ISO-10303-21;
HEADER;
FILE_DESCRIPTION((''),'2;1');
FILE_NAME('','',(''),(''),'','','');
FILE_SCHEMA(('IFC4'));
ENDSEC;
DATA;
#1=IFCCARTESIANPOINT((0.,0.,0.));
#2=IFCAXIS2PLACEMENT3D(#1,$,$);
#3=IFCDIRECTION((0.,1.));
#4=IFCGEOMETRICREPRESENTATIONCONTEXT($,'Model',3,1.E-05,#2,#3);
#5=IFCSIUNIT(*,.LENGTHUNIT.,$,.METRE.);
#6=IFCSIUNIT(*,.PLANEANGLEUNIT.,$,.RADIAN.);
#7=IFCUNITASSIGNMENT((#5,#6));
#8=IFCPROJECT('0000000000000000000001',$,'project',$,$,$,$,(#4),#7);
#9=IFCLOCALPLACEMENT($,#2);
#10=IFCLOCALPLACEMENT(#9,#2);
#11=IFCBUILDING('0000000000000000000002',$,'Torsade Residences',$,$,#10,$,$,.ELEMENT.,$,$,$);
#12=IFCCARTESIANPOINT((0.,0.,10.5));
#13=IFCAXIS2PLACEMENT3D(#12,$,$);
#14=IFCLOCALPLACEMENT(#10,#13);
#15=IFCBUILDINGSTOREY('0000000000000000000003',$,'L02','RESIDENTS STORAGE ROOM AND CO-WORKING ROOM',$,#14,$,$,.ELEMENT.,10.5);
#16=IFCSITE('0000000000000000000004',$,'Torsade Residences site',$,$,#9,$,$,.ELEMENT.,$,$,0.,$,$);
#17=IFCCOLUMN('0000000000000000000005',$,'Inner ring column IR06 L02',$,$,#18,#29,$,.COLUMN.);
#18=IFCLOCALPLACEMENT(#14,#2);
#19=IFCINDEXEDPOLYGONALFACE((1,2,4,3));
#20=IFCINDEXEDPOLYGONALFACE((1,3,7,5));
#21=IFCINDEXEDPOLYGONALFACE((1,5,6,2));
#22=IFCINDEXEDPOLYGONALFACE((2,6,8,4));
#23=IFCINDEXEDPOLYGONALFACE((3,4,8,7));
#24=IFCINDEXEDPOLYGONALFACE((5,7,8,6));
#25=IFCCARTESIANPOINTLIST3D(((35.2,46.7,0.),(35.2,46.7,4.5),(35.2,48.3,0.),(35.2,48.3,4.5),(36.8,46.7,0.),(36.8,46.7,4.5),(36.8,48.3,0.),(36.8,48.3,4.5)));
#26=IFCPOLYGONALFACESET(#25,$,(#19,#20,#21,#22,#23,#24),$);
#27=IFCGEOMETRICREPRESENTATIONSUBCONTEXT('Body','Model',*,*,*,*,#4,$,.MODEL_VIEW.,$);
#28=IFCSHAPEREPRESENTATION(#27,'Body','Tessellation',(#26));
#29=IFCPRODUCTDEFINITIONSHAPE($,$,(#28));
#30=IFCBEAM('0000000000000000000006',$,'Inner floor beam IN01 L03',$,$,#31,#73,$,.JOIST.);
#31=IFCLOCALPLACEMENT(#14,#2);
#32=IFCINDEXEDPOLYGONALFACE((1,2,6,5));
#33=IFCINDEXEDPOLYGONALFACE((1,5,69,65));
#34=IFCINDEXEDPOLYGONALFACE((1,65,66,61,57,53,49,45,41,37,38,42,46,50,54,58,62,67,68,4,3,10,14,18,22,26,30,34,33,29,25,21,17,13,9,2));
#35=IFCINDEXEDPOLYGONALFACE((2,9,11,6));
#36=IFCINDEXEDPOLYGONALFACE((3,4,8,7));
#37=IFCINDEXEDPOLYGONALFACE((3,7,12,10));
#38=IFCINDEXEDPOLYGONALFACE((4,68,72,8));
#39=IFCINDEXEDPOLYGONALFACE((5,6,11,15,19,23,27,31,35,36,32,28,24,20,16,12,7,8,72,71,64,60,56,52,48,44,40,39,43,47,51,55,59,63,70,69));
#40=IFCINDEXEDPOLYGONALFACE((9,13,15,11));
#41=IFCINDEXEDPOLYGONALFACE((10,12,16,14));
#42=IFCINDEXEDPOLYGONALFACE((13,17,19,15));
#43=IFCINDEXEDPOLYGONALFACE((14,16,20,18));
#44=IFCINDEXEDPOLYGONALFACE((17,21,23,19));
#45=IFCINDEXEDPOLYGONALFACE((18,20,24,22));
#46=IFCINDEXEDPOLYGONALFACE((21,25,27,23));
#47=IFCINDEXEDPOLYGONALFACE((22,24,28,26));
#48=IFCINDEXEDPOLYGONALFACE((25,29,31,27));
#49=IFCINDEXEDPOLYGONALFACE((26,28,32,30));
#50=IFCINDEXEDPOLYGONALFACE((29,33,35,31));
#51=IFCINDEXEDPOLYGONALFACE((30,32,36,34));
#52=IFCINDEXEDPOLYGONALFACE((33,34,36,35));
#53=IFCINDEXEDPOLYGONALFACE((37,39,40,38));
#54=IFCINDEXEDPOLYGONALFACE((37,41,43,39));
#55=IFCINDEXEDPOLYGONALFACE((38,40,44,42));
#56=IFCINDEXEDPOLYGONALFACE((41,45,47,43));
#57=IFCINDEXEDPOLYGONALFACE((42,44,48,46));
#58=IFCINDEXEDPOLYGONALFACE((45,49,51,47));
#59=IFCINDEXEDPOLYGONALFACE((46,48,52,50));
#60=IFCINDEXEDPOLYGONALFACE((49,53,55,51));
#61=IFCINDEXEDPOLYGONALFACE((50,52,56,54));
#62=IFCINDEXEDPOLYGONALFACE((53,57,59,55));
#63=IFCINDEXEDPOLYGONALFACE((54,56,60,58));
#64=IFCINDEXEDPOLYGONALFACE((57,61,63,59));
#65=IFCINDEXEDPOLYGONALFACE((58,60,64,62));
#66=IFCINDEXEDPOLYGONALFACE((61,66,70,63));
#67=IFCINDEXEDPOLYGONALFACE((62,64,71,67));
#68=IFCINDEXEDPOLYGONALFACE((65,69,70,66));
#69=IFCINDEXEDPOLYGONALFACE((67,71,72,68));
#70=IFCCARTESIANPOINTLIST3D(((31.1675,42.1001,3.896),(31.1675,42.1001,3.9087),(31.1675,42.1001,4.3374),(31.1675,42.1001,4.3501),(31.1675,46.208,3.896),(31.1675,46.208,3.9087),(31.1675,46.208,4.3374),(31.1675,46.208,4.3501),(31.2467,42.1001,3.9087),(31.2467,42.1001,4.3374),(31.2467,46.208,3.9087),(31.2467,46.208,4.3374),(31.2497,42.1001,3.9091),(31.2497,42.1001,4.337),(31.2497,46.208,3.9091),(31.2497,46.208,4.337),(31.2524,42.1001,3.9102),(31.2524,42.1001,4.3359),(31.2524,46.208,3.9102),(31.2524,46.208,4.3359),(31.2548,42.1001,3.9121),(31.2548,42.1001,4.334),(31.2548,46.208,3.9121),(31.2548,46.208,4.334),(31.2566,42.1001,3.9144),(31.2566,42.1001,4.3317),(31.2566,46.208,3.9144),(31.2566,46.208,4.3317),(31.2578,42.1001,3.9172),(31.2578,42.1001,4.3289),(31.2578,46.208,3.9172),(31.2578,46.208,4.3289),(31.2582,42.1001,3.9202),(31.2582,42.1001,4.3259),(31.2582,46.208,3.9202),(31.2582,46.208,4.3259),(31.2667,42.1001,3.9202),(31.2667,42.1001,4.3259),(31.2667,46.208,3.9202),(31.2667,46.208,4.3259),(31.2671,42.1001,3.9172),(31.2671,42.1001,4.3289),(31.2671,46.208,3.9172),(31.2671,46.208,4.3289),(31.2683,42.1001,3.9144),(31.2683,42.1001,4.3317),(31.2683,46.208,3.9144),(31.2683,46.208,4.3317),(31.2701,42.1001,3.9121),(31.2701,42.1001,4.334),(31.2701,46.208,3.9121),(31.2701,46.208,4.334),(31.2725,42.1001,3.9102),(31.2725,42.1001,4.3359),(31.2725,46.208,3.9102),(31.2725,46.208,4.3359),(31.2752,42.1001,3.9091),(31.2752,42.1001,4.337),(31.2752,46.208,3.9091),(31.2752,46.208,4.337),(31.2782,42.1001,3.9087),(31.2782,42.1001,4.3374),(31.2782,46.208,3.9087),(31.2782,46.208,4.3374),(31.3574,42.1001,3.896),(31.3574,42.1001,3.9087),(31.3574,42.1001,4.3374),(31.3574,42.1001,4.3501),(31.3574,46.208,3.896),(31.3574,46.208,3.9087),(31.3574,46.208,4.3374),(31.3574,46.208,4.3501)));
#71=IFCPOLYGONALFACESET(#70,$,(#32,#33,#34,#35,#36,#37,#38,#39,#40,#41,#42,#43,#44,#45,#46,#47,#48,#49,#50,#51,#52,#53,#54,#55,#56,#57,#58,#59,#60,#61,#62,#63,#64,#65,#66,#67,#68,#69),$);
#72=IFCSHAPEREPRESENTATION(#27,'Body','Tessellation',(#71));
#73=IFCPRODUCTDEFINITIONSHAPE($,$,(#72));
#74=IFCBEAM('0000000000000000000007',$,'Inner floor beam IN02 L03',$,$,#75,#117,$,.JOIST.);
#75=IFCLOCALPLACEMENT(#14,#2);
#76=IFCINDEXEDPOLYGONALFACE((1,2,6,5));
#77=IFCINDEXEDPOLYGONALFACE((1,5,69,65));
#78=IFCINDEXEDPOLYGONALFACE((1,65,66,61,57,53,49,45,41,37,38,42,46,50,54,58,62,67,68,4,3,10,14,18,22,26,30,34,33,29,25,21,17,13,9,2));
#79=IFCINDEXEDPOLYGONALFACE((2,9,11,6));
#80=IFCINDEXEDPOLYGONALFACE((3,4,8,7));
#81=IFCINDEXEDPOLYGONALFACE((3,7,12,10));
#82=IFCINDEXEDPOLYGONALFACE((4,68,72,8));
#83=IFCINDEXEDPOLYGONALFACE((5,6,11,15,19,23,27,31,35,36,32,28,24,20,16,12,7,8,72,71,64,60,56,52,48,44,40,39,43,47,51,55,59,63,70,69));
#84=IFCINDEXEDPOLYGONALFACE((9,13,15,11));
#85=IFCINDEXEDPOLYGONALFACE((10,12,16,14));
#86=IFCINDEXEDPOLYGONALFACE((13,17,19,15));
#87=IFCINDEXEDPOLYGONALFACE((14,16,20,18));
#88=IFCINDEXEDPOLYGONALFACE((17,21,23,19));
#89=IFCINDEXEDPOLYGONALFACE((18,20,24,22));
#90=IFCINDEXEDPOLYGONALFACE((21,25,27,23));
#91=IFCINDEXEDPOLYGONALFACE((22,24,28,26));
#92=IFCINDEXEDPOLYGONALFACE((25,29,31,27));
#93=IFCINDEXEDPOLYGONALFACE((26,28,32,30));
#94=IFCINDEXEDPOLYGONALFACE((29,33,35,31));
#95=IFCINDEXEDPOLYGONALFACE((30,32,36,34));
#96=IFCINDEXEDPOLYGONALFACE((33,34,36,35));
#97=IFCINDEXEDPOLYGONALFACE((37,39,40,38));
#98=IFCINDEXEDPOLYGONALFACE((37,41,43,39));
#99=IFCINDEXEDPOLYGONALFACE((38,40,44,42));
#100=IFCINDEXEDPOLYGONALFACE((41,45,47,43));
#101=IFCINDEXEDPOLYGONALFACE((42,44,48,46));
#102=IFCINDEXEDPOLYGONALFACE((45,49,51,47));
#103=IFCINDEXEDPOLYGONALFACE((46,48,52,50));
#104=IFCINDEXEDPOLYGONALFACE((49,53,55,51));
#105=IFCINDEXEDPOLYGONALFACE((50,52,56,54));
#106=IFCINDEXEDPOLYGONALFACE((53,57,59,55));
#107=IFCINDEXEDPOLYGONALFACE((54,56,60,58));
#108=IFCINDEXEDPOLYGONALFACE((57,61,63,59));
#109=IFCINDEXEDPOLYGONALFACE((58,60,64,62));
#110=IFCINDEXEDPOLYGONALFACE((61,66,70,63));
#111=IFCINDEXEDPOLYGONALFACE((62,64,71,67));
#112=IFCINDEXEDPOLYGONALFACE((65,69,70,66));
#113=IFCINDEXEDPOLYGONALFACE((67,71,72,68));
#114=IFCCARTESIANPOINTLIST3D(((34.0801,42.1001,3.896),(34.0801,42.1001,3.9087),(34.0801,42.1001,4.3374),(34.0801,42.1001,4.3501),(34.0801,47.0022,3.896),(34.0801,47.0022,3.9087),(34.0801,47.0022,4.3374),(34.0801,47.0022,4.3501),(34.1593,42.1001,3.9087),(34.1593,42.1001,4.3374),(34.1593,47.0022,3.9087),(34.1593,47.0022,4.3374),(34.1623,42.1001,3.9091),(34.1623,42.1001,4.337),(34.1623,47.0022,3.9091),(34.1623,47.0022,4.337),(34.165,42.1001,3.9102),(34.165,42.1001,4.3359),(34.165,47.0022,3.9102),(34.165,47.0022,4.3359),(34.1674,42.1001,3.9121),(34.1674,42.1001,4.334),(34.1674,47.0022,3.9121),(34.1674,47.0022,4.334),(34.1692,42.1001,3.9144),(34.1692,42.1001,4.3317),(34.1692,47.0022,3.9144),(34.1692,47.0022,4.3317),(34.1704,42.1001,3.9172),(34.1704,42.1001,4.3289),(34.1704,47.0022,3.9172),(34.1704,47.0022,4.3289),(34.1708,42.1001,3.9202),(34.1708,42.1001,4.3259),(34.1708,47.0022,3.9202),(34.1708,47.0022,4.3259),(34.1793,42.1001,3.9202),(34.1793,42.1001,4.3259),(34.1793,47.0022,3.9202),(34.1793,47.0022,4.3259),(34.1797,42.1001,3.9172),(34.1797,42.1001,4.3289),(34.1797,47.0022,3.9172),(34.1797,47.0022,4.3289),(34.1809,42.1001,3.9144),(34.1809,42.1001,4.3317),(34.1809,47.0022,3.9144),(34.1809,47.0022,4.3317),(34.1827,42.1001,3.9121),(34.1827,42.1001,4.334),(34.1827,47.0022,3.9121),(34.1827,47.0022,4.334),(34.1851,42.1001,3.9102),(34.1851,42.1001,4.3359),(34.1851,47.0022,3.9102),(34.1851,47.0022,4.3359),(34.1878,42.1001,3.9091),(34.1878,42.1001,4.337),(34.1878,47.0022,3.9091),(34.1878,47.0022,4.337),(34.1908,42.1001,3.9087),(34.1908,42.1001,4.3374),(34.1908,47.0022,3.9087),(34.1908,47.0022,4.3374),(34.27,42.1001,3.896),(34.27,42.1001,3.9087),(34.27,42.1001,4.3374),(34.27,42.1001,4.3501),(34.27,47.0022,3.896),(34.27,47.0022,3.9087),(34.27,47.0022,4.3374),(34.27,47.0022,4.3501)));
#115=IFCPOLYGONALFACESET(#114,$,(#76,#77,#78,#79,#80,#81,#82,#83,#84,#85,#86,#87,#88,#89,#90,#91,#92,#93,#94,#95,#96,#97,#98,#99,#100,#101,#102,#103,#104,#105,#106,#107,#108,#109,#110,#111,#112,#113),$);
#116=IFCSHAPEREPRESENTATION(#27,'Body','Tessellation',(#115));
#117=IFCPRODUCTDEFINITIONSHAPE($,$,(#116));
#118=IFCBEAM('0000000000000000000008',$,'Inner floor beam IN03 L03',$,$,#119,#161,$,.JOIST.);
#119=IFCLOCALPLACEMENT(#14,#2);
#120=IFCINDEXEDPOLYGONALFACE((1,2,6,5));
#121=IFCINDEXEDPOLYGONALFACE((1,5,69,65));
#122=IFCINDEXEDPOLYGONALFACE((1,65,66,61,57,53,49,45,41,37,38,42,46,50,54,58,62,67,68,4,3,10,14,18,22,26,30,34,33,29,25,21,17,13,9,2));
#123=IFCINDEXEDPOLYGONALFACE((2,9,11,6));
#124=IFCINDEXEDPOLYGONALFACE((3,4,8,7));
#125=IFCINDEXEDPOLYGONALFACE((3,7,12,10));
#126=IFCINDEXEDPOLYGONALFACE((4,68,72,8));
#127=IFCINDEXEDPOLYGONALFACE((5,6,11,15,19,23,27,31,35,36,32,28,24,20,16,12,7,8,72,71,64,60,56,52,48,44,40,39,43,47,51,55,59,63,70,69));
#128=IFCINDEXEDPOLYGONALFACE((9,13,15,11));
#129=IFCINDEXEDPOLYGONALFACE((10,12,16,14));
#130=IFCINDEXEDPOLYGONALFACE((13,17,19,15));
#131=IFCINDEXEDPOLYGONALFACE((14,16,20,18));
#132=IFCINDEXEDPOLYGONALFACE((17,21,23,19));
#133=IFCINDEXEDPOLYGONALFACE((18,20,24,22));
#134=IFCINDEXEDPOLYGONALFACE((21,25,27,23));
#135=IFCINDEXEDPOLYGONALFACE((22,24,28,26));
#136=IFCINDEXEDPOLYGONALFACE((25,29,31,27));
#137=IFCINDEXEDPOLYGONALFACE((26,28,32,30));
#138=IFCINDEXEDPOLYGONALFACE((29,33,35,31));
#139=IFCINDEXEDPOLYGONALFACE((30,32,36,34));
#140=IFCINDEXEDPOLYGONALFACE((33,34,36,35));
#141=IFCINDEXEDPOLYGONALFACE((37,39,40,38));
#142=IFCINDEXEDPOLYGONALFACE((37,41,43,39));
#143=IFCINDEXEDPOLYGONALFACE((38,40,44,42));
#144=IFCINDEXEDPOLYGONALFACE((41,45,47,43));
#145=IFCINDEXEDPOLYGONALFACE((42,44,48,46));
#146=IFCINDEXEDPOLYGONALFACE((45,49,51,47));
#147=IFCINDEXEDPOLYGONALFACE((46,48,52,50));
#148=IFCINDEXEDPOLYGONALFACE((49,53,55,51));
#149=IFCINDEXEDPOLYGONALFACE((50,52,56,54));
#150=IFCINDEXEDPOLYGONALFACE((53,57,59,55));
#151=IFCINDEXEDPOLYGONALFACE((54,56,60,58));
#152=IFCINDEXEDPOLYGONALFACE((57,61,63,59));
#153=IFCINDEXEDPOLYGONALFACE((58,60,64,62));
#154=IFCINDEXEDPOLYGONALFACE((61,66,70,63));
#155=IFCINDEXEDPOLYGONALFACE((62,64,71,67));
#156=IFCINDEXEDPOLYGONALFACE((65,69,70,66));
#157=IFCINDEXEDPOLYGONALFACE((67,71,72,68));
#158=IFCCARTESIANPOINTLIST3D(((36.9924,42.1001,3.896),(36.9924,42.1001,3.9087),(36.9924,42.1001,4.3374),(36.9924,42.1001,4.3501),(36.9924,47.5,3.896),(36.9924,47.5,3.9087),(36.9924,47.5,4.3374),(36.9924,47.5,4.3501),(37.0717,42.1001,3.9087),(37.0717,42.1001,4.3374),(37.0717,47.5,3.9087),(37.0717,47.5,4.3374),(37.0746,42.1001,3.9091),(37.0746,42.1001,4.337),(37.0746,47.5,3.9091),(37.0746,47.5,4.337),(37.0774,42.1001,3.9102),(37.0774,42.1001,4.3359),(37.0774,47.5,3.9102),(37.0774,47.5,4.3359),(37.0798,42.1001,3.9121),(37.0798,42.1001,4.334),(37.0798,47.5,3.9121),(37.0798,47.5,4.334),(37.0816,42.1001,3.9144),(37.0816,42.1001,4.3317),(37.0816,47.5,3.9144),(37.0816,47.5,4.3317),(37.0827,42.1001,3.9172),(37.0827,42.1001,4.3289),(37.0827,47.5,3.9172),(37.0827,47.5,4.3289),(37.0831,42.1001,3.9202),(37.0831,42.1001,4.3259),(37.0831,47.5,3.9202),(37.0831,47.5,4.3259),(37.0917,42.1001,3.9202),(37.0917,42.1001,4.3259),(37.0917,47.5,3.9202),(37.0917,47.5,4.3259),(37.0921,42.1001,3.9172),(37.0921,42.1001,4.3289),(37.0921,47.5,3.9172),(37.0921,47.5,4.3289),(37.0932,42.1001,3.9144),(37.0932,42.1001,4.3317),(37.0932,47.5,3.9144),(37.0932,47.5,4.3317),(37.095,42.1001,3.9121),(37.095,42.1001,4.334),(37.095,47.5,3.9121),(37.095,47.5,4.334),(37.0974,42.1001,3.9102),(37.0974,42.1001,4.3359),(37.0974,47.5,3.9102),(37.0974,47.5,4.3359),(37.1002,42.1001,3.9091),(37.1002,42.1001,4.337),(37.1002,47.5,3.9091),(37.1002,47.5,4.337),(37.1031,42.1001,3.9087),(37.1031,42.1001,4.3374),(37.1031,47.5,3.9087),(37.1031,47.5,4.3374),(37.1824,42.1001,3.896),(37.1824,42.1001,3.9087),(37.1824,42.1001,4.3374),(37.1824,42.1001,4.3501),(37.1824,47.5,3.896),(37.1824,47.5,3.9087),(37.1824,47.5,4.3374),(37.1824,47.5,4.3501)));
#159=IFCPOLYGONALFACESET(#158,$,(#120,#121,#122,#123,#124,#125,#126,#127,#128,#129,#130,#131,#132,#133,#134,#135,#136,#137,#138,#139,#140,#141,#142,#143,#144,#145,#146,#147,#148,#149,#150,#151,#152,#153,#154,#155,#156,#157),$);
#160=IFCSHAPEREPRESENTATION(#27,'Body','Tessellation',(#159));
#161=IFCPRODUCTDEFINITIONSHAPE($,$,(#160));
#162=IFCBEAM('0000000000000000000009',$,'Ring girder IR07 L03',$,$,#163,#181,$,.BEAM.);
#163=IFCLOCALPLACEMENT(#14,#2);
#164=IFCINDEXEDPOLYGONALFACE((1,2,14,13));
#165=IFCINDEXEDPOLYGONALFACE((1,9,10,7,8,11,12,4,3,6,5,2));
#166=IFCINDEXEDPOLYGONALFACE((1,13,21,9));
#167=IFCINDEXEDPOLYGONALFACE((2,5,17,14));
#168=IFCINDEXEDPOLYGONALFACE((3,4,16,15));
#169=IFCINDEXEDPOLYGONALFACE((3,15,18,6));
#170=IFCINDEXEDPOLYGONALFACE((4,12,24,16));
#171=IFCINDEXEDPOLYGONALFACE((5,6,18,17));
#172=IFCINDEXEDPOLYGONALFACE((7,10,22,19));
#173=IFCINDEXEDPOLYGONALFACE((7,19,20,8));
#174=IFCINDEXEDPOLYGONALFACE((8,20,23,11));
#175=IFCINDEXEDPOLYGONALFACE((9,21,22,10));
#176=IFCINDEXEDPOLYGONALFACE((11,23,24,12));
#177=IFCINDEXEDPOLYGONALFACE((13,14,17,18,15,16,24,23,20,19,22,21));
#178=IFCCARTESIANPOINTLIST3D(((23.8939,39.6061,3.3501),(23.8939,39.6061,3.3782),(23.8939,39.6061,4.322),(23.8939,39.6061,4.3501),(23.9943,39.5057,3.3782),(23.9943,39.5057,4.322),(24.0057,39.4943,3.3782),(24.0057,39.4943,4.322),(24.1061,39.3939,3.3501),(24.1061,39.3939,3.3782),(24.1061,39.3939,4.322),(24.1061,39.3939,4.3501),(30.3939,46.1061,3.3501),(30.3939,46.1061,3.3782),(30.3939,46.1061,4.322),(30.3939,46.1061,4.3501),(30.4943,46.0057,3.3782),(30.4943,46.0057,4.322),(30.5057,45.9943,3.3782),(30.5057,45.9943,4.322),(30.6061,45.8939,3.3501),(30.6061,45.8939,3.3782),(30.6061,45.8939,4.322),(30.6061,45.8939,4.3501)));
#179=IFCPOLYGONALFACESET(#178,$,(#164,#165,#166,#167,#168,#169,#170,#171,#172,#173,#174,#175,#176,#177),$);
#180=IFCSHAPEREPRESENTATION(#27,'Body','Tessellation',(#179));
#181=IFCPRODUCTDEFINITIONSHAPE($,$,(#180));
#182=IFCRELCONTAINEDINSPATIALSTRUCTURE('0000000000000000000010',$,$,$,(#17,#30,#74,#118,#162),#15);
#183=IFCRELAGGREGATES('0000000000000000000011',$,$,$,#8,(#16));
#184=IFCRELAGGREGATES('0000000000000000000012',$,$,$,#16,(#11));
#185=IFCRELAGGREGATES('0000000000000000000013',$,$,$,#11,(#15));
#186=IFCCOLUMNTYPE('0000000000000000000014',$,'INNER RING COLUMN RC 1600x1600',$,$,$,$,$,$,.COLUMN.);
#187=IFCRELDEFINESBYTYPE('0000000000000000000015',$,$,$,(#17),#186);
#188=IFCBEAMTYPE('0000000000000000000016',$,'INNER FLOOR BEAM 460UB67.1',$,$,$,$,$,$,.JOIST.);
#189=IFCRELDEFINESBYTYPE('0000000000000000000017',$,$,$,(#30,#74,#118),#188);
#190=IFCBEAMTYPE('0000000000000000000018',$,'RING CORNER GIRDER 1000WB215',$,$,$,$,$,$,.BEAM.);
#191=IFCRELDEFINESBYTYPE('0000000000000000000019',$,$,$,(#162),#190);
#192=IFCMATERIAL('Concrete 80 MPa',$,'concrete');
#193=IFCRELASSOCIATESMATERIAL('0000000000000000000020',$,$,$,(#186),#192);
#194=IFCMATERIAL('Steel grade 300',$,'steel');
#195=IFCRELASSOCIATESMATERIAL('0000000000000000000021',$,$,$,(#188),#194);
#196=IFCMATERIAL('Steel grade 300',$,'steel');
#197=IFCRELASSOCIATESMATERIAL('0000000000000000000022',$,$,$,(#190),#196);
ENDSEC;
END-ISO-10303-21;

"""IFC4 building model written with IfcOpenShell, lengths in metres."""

from ifc_helpers import new_model, si_unit, direction, frame, origin, origin_2d, place, context, subcontext, project, spatial, rectangle, i_section, extrude, material, material_profile, profile_set, type_object, element, save


model = new_model("IFC4")

# Units and contexts
model_context = context("Model", 3, precision=1e-05, world=origin(), true_north=direction((0.0, 1.0)))
body_context = subcontext(model_context, "Body", "Model", "MODEL_VIEW")
ifc_project = project(units=[si_unit("LENGTHUNIT", "METRE"), si_unit("PLANEANGLEUNIT", "RADIAN")], contexts=[model_context])

# Site, building, storey
site_placement = place(None, origin())
site = spatial("IfcSite", under=ifc_project, at=site_placement, Name="Torsade Residences site", CompositionType="ELEMENT", RefElevation=0.0)
building_placement = place(site_placement, origin())
building = spatial("IfcBuilding", under=site, at=building_placement, Name="Torsade Residences", CompositionType="ELEMENT")
storey_placement = place(building_placement, frame((0.0, 0.0, 10.5)))
storey = spatial("IfcBuildingStorey", under=building, at=storey_placement, Name="L02", Description="RESIDENTS STORAGE ROOM AND CO-WORKING ROOM", CompositionType="ELEMENT", Elevation=10.5)

# Column
ifc_material_1 = material(Name="Concrete 80 MPa", Category="concrete")
ifc_material_profile_1 = material_profile(ifc_material_1, rectangle(XDim=1.6001, YDim=1.6001, at=origin_2d()), Name="RC 1600x1600")
ifc_profile_set_1 = profile_set([ifc_material_profile_1], Name="Concrete 80 MPa")
column_type = type_object("IfcColumnType", Name="INNER RING COLUMN RC 1600x1600", PredefinedType="COLUMN", material=ifc_profile_set_1)
column_placement = place(storey_placement, frame((36.0, 47.5, 0.0), z_axis=(0.0, 0.0, 1.0), x_axis=(1.0, 0.0, 0.0)))
element("IfcColumn", 1, at=column_placement, inside=storey, type_object=column_type, Name="Inner ring column IR06 L02", PredefinedType="COLUMN", context=body_context, shape_type="SweptSolid", body=[
    extrude(rectangle(XDim=1.6001, YDim=1.6001, at=origin_2d()), origin(), (0.0, 0.0, 1.0), 4.5),
])

# Beams
ifc_material_2 = material(Name="Steel grade 300", Category="steel")
ifc_material_profile_2 = material_profile(ifc_material_2, i_section(OverallWidth=0.1899, OverallDepth=0.4541, WebThickness=0.0085, FlangeThickness=0.0127, FilletRadius=0.0115, at=origin_2d()), Name="460UB67.1")
ifc_profile_set_2 = profile_set([ifc_material_profile_2], Name="Steel grade 300")
beam_type_1 = type_object("IfcBeamType", Name="INNER FLOOR BEAM 460UB67.1", PredefinedType="JOIST", material=ifc_profile_set_2)
beam_1_placement = place(storey_placement, frame((31.2625, 42.1001, 4.123), z_axis=(0.0, 1.0, 0.0), x_axis=(-1.0, 0.0, 0.0)))
element("IfcBeam", 2, at=beam_1_placement, inside=storey, type_object=beam_type_1, Name="Inner floor beam IN01 L03", PredefinedType="JOIST", context=body_context, shape_type="SweptSolid", body=[
    extrude(i_section(OverallWidth=0.1899, OverallDepth=0.4541, WebThickness=0.0085, FlangeThickness=0.0127, FilletRadius=0.0115, at=origin_2d()), origin(), (0.0, 0.0, 1.0), 4.1079),
])
beam_2_placement = place(storey_placement, frame((34.175, 42.1001, 4.123), z_axis=(0.0, 1.0, 0.0), x_axis=(-1.0, 0.0, 0.0)))
element("IfcBeam", 3, at=beam_2_placement, inside=storey, type_object=beam_type_1, Name="Inner floor beam IN02 L03", PredefinedType="JOIST", context=body_context, shape_type="SweptSolid", body=[
    extrude(i_section(OverallWidth=0.1899, OverallDepth=0.4541, WebThickness=0.0085, FlangeThickness=0.0127, FilletRadius=0.0115, at=origin_2d()), origin(), (0.0, 0.0, 1.0), 4.9021),
])
beam_3_placement = place(storey_placement, frame((37.0874, 42.1001, 4.123), z_axis=(0.0, 1.0, 0.0), x_axis=(-1.0, 0.0, 0.0)))
element("IfcBeam", 4, at=beam_3_placement, inside=storey, type_object=beam_type_1, Name="Inner floor beam IN03 L03", PredefinedType="JOIST", context=body_context, shape_type="SweptSolid", body=[
    extrude(i_section(OverallWidth=0.1899, OverallDepth=0.4541, WebThickness=0.0085, FlangeThickness=0.0127, FilletRadius=0.0115, at=origin_2d()), origin(), (0.0, 0.0, 1.0), 5.3999),
])
ifc_material_3 = material(Name="Steel grade 300", Category="steel")
ifc_material_profile_3 = material_profile(ifc_material_3, i_section(OverallWidth=0.3, OverallDepth=1.0, WebThickness=0.0161, FlangeThickness=0.0281, at=origin_2d()), Name="1000WB215")
ifc_profile_set_3 = profile_set([ifc_material_profile_3], Name="Steel grade 300")
beam_type_2 = type_object("IfcBeamType", Name="RING CORNER GIRDER 1000WB215", PredefinedType="BEAM", material=ifc_profile_set_3)
beam_4_placement = place(storey_placement, frame((30.5, 46.0, 3.8501), z_axis=(-0.707107, -0.707107, 0.0), x_axis=(0.707107, -0.707107, 0.0)))
element("IfcBeam", 5, at=beam_4_placement, inside=storey, type_object=beam_type_2, Name="Ring girder IR07 L03", PredefinedType="BEAM", context=body_context, shape_type="SweptSolid", body=[
    extrude(i_section(OverallWidth=0.3, OverallDepth=1.0, WebThickness=0.0161, FlangeThickness=0.0281, at=origin_2d()), origin(), (0.0, 0.0, 1.0), 9.1924),
])

save(model, "model.ifc")
